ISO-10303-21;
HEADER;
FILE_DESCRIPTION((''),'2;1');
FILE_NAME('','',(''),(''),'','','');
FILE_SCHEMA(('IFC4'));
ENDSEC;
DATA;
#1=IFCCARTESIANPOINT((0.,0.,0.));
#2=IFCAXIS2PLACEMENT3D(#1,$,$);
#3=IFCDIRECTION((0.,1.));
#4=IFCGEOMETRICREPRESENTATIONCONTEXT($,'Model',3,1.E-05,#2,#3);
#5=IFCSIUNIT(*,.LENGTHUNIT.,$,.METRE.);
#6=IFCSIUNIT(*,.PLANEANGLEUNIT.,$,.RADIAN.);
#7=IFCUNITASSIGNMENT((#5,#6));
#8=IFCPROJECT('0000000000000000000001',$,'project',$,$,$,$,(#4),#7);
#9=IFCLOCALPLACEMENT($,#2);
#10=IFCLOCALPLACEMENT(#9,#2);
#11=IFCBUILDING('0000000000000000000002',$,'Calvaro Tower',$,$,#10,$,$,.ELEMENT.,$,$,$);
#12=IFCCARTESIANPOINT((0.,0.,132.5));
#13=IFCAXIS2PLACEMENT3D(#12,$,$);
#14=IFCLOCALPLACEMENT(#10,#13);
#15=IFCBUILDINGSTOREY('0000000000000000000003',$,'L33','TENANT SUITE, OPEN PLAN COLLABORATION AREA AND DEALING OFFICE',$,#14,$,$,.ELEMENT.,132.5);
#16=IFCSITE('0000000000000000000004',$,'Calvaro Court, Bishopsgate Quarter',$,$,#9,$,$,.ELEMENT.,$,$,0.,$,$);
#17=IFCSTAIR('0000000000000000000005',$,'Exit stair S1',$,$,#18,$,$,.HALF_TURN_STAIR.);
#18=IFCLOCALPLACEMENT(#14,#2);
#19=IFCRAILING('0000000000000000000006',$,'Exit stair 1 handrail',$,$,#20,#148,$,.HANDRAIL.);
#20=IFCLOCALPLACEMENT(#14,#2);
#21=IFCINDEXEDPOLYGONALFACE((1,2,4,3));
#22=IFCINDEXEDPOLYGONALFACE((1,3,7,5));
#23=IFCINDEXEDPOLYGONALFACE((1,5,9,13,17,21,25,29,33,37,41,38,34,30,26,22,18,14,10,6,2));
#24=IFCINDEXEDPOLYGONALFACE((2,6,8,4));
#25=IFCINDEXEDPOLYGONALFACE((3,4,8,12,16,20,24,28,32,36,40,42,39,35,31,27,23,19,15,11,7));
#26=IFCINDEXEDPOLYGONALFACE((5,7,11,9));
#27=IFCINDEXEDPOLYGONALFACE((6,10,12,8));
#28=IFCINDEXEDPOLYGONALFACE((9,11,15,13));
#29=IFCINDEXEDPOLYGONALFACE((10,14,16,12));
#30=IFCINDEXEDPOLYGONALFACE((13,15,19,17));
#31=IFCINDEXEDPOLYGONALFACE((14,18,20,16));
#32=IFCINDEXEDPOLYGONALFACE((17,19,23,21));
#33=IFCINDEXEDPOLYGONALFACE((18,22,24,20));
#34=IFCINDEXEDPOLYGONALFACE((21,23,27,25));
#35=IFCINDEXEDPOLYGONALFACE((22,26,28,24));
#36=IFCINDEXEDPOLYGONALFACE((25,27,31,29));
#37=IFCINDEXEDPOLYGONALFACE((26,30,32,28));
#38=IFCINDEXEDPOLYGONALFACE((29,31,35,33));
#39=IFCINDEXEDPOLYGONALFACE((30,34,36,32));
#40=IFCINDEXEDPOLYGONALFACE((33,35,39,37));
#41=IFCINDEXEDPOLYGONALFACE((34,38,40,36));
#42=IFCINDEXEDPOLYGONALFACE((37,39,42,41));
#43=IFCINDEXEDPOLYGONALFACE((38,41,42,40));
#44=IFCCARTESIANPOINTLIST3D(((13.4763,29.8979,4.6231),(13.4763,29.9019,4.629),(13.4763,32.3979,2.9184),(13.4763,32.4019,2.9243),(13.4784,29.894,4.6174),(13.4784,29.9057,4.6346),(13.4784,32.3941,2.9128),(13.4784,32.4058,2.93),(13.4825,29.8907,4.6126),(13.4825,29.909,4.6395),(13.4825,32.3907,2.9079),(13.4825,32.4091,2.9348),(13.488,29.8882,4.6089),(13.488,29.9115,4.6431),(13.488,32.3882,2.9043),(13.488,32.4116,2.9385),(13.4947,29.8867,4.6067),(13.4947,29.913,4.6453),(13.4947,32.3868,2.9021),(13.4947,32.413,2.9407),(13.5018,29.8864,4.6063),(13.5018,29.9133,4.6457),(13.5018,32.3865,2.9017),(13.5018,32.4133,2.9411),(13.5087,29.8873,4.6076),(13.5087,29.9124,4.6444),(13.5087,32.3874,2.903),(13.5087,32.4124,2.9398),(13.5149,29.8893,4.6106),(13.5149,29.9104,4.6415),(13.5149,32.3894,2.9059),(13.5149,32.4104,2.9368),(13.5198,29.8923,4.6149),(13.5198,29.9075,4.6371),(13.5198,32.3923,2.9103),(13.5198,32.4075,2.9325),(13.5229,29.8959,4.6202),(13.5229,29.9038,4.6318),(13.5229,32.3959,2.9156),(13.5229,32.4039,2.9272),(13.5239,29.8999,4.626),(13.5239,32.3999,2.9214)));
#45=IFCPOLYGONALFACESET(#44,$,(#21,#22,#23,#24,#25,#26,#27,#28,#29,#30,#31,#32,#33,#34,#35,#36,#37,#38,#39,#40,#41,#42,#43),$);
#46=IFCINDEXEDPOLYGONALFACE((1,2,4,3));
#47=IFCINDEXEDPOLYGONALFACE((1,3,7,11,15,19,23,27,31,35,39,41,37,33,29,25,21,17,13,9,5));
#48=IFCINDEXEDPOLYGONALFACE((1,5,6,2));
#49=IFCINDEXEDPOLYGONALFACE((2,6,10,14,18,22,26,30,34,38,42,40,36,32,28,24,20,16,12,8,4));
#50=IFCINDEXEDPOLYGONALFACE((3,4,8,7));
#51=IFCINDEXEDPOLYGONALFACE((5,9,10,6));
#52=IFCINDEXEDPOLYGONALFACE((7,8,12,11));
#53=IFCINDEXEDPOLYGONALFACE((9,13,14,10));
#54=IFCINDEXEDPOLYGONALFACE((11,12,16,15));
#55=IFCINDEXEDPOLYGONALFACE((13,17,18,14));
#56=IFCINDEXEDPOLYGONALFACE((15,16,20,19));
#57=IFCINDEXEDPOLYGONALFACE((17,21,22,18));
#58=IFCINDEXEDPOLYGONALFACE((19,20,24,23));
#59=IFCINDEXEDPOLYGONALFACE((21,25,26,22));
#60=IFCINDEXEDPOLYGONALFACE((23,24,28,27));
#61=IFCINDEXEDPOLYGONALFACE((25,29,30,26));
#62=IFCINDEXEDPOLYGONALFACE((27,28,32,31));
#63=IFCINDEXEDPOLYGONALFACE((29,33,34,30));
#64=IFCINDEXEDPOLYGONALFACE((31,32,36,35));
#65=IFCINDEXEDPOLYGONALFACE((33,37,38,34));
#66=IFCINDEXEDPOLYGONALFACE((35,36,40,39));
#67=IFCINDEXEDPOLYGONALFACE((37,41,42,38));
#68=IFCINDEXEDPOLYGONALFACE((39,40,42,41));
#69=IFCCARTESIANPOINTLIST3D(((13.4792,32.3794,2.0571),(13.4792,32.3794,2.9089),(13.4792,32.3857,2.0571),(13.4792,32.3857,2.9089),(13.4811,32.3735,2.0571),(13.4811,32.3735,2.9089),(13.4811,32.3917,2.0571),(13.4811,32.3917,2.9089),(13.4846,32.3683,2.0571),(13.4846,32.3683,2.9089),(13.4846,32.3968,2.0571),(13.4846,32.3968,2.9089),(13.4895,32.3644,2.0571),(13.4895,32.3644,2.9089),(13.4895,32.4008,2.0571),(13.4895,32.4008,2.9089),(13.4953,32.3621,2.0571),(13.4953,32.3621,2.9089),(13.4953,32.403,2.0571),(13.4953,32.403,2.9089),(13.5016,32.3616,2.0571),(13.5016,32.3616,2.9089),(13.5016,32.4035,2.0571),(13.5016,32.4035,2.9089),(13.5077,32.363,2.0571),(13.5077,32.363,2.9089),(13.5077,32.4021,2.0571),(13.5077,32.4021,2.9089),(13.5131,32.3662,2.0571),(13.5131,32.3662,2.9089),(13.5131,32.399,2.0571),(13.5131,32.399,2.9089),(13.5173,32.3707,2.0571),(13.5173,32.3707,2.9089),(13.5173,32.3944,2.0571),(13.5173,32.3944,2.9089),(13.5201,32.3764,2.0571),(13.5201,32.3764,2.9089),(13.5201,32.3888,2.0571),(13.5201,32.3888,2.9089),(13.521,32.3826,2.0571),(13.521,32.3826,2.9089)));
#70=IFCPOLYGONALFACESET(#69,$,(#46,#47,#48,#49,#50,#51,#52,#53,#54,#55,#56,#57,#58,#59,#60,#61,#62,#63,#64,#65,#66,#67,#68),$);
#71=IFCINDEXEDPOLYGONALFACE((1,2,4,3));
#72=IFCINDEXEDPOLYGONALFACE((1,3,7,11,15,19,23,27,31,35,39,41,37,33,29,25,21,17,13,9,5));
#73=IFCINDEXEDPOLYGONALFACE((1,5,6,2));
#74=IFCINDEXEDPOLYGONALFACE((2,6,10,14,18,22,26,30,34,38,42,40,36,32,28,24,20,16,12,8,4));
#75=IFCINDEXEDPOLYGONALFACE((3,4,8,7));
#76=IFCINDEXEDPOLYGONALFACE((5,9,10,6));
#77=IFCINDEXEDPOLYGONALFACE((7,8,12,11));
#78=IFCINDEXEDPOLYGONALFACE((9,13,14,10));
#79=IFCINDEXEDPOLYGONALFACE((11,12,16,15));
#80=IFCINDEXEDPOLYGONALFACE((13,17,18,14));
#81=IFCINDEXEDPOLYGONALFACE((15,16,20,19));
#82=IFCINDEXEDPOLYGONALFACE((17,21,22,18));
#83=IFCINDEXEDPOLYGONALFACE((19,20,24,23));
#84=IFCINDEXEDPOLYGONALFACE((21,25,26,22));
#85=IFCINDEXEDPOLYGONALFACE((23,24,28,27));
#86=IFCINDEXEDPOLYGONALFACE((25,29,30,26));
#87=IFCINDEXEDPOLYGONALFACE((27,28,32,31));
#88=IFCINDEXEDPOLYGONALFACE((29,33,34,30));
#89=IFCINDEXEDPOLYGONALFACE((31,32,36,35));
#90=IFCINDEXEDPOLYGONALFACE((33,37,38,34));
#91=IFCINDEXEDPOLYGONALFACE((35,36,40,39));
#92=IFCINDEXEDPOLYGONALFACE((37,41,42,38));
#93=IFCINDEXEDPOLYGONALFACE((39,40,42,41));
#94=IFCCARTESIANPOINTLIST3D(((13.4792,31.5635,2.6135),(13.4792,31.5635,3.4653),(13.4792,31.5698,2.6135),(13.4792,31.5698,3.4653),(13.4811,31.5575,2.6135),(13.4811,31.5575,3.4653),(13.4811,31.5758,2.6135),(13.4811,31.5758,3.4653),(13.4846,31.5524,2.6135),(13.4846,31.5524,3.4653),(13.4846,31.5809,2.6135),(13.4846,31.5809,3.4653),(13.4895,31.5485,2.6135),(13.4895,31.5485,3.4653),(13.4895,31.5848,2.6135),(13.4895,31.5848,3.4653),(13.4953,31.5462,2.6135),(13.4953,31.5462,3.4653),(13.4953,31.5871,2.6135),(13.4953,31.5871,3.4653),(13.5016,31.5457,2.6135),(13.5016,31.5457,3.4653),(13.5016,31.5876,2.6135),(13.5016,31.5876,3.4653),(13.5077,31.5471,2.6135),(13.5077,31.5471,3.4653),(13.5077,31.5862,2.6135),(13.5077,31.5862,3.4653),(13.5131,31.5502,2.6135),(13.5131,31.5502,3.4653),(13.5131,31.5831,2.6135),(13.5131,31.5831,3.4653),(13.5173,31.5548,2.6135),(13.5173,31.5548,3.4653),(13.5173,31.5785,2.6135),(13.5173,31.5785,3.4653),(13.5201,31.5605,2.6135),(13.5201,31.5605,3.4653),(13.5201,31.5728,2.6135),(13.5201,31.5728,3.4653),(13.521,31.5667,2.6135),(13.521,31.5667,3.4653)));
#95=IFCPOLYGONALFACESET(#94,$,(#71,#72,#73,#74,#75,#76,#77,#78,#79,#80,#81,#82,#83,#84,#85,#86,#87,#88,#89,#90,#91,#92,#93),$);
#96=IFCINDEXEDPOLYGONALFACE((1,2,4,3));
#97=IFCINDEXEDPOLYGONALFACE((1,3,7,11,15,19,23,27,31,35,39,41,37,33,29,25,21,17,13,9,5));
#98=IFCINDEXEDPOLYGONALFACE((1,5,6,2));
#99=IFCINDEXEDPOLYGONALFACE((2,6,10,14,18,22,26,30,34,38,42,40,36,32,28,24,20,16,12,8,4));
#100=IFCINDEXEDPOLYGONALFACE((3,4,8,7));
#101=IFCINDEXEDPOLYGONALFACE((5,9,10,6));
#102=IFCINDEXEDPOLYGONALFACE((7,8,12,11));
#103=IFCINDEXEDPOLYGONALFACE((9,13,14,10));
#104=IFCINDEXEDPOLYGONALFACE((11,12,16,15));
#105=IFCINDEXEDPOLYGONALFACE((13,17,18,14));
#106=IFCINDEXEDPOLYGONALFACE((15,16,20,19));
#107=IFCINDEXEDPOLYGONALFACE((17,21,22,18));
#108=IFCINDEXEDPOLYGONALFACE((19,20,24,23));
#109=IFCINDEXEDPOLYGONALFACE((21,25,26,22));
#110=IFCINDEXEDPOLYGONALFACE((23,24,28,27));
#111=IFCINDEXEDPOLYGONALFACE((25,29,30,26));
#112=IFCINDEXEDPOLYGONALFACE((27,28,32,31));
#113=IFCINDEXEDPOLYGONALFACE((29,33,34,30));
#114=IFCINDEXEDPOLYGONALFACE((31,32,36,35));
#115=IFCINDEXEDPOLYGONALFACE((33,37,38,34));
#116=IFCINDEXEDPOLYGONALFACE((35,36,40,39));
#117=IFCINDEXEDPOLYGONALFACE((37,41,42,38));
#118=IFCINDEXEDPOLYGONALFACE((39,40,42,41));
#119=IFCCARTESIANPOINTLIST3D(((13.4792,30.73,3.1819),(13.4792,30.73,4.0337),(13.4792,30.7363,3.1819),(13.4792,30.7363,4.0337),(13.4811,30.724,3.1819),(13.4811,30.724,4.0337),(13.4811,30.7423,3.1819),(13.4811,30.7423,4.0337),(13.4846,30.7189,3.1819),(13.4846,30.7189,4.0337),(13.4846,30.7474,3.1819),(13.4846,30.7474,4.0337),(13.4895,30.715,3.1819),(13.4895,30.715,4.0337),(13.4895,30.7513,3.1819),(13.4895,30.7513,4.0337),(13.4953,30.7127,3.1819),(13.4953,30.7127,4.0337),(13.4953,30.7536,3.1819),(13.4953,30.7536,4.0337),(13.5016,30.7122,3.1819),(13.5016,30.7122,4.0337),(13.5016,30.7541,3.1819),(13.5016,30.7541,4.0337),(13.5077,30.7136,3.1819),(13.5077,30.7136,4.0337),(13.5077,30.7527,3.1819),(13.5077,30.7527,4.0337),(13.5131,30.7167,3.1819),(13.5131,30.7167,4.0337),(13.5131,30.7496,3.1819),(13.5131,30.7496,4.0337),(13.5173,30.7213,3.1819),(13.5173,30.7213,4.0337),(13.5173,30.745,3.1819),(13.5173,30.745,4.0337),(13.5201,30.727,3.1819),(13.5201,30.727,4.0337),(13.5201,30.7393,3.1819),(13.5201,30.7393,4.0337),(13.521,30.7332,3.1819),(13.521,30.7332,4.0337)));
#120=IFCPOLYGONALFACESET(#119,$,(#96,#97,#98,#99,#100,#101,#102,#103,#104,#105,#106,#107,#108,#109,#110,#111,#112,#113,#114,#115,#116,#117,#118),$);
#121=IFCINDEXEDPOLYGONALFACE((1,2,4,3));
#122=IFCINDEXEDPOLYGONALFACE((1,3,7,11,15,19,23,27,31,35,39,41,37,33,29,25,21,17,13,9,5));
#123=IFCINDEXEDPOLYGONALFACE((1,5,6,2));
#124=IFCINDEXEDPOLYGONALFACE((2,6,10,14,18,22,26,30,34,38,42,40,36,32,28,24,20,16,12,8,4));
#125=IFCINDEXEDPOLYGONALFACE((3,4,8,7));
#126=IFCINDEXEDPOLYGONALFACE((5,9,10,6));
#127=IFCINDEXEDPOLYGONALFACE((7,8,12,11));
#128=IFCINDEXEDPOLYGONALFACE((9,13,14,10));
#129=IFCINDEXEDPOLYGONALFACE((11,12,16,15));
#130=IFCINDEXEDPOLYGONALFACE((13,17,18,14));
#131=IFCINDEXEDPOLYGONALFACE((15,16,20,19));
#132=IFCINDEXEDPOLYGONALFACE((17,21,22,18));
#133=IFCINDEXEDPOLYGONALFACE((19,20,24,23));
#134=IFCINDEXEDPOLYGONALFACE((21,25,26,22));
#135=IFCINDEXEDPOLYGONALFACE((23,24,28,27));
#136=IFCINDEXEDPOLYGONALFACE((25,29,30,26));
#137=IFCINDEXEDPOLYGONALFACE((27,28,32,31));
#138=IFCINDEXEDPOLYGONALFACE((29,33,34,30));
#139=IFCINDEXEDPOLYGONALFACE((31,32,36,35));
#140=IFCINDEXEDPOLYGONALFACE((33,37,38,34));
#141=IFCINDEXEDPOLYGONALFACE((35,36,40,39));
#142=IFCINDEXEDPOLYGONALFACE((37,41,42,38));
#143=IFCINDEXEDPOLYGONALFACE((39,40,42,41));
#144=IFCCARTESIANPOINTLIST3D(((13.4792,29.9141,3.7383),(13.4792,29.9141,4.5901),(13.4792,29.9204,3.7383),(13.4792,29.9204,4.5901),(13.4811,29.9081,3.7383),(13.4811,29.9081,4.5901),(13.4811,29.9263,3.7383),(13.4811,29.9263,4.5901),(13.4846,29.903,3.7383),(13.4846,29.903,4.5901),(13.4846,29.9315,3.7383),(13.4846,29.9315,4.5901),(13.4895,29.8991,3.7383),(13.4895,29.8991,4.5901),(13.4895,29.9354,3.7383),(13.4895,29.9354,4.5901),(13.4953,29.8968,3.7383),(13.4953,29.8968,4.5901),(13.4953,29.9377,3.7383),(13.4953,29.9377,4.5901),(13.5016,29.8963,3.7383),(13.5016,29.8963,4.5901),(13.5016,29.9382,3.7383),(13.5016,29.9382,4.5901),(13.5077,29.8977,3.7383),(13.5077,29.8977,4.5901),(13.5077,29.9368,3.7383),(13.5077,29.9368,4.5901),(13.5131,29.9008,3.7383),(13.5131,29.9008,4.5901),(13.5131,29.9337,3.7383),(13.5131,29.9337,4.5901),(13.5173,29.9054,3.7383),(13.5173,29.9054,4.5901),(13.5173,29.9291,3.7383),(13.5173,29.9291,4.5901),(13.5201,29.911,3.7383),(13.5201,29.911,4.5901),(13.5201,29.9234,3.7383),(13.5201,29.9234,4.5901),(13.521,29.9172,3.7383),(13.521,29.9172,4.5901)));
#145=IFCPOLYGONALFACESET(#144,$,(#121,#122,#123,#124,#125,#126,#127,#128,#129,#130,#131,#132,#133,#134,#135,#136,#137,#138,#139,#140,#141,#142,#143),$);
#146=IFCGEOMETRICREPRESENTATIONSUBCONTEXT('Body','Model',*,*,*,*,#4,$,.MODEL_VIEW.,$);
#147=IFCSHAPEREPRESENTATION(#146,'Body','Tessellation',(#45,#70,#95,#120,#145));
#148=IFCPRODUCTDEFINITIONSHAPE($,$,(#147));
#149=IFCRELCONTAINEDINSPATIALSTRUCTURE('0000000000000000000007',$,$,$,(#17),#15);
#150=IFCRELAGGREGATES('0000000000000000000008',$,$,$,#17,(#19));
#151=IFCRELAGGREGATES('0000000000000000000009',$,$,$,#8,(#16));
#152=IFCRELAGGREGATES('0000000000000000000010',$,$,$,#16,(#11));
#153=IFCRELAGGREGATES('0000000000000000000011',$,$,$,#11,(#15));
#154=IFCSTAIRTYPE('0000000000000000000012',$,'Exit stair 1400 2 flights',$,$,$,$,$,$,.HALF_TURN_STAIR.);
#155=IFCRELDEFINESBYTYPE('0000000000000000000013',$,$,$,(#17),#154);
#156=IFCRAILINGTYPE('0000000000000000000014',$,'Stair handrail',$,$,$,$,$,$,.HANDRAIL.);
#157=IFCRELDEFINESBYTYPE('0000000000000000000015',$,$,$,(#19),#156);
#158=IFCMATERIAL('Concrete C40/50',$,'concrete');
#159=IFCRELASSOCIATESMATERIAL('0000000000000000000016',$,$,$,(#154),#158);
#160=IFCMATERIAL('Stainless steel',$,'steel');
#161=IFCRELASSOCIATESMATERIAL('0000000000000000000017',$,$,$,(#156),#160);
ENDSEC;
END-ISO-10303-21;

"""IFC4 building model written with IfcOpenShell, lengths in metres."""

from ifc_helpers import new_model, si_unit, direction, frame, origin, origin_2d, place, context, subcontext, project, spatial, circle, extrude, material, type_object, element, aggregate, save


model = new_model("IFC4")

# Units and contexts
model_context = context("Model", 3, precision=1e-05, world=origin(), true_north=direction((0.0, 1.0)))
body_context = subcontext(model_context, "Body", "Model", "MODEL_VIEW")
ifc_project = project(units=[si_unit("LENGTHUNIT", "METRE"), si_unit("PLANEANGLEUNIT", "RADIAN")], contexts=[model_context])

# Site, building, storey
site_placement = place(None, origin())
site = spatial("IfcSite", under=ifc_project, at=site_placement, Name="Calvaro Court, Bishopsgate Quarter", CompositionType="ELEMENT", RefElevation=0.0)
building_placement = place(site_placement, origin())
building = spatial("IfcBuilding", under=site, at=building_placement, Name="Calvaro Tower", CompositionType="ELEMENT")
storey_placement = place(building_placement, frame((0.0, 0.0, 132.5)))
storey = spatial("IfcBuildingStorey", under=building, at=storey_placement, Name="L33", Description="TENANT SUITE, OPEN PLAN COLLABORATION AREA AND DEALING OFFICE", CompositionType="ELEMENT", Elevation=132.5)

# Stair, railing
ifc_material_1 = material(Name="Concrete C40/50", Category="concrete")
stair_type = type_object("IfcStairType", Name="Exit stair 1400 2 flights", PredefinedType="HALF_TURN_STAIR", material=ifc_material_1)
stair_placement = place(storey_placement, origin())
stair = element("IfcStair", 1, at=stair_placement, inside=storey, type_object=stair_type, Name="Exit stair S1", PredefinedType="HALF_TURN_STAIR")
ifc_material_2 = material(Name="Stainless steel", Category="steel")
railing_type = type_object("IfcRailingType", Name="Stair handrail", PredefinedType="HANDRAIL", material=ifc_material_2)
railing_1_placement = place(storey_placement, frame((13.5, 32.3999, 2.0454)))
railing_1 = element("IfcRailing", 2, at=railing_1_placement, type_object=railing_type, Name="Exit stair 1 handrail", PredefinedType="HANDRAIL", context=body_context, shape_type="SweptSolid", body=[
    extrude(circle(Radius=0.0239, at=origin_2d()), frame((0.0, 0.0, 0.876), z_axis=(0.0, -0.826221, 0.563347), x_axis=(1.0, 0.0, 0.0)), (0.0, 0.0, 1.0), 3.0259),
    extrude(circle(Radius=0.021, at=origin_2d()), frame((0.0, -0.0173, 0.0117)), (0.0, 0.0, 1.0), 0.8518),
    extrude(circle(Radius=0.021, at=origin_2d()), frame((0.0, -0.8333, 0.5681)), (0.0, 0.0, 1.0), 0.8518),
    extrude(circle(Radius=0.021, at=origin_2d()), frame((0.0, -1.6667, 1.1365)), (0.0, 0.0, 1.0), 0.8518),
    extrude(circle(Radius=0.021, at=origin_2d()), frame((0.0, -2.4827, 1.6929)), (0.0, 0.0, 1.0), 0.8518),
])
aggregate(stair, [railing_1])

save(model, "model.ifc")
